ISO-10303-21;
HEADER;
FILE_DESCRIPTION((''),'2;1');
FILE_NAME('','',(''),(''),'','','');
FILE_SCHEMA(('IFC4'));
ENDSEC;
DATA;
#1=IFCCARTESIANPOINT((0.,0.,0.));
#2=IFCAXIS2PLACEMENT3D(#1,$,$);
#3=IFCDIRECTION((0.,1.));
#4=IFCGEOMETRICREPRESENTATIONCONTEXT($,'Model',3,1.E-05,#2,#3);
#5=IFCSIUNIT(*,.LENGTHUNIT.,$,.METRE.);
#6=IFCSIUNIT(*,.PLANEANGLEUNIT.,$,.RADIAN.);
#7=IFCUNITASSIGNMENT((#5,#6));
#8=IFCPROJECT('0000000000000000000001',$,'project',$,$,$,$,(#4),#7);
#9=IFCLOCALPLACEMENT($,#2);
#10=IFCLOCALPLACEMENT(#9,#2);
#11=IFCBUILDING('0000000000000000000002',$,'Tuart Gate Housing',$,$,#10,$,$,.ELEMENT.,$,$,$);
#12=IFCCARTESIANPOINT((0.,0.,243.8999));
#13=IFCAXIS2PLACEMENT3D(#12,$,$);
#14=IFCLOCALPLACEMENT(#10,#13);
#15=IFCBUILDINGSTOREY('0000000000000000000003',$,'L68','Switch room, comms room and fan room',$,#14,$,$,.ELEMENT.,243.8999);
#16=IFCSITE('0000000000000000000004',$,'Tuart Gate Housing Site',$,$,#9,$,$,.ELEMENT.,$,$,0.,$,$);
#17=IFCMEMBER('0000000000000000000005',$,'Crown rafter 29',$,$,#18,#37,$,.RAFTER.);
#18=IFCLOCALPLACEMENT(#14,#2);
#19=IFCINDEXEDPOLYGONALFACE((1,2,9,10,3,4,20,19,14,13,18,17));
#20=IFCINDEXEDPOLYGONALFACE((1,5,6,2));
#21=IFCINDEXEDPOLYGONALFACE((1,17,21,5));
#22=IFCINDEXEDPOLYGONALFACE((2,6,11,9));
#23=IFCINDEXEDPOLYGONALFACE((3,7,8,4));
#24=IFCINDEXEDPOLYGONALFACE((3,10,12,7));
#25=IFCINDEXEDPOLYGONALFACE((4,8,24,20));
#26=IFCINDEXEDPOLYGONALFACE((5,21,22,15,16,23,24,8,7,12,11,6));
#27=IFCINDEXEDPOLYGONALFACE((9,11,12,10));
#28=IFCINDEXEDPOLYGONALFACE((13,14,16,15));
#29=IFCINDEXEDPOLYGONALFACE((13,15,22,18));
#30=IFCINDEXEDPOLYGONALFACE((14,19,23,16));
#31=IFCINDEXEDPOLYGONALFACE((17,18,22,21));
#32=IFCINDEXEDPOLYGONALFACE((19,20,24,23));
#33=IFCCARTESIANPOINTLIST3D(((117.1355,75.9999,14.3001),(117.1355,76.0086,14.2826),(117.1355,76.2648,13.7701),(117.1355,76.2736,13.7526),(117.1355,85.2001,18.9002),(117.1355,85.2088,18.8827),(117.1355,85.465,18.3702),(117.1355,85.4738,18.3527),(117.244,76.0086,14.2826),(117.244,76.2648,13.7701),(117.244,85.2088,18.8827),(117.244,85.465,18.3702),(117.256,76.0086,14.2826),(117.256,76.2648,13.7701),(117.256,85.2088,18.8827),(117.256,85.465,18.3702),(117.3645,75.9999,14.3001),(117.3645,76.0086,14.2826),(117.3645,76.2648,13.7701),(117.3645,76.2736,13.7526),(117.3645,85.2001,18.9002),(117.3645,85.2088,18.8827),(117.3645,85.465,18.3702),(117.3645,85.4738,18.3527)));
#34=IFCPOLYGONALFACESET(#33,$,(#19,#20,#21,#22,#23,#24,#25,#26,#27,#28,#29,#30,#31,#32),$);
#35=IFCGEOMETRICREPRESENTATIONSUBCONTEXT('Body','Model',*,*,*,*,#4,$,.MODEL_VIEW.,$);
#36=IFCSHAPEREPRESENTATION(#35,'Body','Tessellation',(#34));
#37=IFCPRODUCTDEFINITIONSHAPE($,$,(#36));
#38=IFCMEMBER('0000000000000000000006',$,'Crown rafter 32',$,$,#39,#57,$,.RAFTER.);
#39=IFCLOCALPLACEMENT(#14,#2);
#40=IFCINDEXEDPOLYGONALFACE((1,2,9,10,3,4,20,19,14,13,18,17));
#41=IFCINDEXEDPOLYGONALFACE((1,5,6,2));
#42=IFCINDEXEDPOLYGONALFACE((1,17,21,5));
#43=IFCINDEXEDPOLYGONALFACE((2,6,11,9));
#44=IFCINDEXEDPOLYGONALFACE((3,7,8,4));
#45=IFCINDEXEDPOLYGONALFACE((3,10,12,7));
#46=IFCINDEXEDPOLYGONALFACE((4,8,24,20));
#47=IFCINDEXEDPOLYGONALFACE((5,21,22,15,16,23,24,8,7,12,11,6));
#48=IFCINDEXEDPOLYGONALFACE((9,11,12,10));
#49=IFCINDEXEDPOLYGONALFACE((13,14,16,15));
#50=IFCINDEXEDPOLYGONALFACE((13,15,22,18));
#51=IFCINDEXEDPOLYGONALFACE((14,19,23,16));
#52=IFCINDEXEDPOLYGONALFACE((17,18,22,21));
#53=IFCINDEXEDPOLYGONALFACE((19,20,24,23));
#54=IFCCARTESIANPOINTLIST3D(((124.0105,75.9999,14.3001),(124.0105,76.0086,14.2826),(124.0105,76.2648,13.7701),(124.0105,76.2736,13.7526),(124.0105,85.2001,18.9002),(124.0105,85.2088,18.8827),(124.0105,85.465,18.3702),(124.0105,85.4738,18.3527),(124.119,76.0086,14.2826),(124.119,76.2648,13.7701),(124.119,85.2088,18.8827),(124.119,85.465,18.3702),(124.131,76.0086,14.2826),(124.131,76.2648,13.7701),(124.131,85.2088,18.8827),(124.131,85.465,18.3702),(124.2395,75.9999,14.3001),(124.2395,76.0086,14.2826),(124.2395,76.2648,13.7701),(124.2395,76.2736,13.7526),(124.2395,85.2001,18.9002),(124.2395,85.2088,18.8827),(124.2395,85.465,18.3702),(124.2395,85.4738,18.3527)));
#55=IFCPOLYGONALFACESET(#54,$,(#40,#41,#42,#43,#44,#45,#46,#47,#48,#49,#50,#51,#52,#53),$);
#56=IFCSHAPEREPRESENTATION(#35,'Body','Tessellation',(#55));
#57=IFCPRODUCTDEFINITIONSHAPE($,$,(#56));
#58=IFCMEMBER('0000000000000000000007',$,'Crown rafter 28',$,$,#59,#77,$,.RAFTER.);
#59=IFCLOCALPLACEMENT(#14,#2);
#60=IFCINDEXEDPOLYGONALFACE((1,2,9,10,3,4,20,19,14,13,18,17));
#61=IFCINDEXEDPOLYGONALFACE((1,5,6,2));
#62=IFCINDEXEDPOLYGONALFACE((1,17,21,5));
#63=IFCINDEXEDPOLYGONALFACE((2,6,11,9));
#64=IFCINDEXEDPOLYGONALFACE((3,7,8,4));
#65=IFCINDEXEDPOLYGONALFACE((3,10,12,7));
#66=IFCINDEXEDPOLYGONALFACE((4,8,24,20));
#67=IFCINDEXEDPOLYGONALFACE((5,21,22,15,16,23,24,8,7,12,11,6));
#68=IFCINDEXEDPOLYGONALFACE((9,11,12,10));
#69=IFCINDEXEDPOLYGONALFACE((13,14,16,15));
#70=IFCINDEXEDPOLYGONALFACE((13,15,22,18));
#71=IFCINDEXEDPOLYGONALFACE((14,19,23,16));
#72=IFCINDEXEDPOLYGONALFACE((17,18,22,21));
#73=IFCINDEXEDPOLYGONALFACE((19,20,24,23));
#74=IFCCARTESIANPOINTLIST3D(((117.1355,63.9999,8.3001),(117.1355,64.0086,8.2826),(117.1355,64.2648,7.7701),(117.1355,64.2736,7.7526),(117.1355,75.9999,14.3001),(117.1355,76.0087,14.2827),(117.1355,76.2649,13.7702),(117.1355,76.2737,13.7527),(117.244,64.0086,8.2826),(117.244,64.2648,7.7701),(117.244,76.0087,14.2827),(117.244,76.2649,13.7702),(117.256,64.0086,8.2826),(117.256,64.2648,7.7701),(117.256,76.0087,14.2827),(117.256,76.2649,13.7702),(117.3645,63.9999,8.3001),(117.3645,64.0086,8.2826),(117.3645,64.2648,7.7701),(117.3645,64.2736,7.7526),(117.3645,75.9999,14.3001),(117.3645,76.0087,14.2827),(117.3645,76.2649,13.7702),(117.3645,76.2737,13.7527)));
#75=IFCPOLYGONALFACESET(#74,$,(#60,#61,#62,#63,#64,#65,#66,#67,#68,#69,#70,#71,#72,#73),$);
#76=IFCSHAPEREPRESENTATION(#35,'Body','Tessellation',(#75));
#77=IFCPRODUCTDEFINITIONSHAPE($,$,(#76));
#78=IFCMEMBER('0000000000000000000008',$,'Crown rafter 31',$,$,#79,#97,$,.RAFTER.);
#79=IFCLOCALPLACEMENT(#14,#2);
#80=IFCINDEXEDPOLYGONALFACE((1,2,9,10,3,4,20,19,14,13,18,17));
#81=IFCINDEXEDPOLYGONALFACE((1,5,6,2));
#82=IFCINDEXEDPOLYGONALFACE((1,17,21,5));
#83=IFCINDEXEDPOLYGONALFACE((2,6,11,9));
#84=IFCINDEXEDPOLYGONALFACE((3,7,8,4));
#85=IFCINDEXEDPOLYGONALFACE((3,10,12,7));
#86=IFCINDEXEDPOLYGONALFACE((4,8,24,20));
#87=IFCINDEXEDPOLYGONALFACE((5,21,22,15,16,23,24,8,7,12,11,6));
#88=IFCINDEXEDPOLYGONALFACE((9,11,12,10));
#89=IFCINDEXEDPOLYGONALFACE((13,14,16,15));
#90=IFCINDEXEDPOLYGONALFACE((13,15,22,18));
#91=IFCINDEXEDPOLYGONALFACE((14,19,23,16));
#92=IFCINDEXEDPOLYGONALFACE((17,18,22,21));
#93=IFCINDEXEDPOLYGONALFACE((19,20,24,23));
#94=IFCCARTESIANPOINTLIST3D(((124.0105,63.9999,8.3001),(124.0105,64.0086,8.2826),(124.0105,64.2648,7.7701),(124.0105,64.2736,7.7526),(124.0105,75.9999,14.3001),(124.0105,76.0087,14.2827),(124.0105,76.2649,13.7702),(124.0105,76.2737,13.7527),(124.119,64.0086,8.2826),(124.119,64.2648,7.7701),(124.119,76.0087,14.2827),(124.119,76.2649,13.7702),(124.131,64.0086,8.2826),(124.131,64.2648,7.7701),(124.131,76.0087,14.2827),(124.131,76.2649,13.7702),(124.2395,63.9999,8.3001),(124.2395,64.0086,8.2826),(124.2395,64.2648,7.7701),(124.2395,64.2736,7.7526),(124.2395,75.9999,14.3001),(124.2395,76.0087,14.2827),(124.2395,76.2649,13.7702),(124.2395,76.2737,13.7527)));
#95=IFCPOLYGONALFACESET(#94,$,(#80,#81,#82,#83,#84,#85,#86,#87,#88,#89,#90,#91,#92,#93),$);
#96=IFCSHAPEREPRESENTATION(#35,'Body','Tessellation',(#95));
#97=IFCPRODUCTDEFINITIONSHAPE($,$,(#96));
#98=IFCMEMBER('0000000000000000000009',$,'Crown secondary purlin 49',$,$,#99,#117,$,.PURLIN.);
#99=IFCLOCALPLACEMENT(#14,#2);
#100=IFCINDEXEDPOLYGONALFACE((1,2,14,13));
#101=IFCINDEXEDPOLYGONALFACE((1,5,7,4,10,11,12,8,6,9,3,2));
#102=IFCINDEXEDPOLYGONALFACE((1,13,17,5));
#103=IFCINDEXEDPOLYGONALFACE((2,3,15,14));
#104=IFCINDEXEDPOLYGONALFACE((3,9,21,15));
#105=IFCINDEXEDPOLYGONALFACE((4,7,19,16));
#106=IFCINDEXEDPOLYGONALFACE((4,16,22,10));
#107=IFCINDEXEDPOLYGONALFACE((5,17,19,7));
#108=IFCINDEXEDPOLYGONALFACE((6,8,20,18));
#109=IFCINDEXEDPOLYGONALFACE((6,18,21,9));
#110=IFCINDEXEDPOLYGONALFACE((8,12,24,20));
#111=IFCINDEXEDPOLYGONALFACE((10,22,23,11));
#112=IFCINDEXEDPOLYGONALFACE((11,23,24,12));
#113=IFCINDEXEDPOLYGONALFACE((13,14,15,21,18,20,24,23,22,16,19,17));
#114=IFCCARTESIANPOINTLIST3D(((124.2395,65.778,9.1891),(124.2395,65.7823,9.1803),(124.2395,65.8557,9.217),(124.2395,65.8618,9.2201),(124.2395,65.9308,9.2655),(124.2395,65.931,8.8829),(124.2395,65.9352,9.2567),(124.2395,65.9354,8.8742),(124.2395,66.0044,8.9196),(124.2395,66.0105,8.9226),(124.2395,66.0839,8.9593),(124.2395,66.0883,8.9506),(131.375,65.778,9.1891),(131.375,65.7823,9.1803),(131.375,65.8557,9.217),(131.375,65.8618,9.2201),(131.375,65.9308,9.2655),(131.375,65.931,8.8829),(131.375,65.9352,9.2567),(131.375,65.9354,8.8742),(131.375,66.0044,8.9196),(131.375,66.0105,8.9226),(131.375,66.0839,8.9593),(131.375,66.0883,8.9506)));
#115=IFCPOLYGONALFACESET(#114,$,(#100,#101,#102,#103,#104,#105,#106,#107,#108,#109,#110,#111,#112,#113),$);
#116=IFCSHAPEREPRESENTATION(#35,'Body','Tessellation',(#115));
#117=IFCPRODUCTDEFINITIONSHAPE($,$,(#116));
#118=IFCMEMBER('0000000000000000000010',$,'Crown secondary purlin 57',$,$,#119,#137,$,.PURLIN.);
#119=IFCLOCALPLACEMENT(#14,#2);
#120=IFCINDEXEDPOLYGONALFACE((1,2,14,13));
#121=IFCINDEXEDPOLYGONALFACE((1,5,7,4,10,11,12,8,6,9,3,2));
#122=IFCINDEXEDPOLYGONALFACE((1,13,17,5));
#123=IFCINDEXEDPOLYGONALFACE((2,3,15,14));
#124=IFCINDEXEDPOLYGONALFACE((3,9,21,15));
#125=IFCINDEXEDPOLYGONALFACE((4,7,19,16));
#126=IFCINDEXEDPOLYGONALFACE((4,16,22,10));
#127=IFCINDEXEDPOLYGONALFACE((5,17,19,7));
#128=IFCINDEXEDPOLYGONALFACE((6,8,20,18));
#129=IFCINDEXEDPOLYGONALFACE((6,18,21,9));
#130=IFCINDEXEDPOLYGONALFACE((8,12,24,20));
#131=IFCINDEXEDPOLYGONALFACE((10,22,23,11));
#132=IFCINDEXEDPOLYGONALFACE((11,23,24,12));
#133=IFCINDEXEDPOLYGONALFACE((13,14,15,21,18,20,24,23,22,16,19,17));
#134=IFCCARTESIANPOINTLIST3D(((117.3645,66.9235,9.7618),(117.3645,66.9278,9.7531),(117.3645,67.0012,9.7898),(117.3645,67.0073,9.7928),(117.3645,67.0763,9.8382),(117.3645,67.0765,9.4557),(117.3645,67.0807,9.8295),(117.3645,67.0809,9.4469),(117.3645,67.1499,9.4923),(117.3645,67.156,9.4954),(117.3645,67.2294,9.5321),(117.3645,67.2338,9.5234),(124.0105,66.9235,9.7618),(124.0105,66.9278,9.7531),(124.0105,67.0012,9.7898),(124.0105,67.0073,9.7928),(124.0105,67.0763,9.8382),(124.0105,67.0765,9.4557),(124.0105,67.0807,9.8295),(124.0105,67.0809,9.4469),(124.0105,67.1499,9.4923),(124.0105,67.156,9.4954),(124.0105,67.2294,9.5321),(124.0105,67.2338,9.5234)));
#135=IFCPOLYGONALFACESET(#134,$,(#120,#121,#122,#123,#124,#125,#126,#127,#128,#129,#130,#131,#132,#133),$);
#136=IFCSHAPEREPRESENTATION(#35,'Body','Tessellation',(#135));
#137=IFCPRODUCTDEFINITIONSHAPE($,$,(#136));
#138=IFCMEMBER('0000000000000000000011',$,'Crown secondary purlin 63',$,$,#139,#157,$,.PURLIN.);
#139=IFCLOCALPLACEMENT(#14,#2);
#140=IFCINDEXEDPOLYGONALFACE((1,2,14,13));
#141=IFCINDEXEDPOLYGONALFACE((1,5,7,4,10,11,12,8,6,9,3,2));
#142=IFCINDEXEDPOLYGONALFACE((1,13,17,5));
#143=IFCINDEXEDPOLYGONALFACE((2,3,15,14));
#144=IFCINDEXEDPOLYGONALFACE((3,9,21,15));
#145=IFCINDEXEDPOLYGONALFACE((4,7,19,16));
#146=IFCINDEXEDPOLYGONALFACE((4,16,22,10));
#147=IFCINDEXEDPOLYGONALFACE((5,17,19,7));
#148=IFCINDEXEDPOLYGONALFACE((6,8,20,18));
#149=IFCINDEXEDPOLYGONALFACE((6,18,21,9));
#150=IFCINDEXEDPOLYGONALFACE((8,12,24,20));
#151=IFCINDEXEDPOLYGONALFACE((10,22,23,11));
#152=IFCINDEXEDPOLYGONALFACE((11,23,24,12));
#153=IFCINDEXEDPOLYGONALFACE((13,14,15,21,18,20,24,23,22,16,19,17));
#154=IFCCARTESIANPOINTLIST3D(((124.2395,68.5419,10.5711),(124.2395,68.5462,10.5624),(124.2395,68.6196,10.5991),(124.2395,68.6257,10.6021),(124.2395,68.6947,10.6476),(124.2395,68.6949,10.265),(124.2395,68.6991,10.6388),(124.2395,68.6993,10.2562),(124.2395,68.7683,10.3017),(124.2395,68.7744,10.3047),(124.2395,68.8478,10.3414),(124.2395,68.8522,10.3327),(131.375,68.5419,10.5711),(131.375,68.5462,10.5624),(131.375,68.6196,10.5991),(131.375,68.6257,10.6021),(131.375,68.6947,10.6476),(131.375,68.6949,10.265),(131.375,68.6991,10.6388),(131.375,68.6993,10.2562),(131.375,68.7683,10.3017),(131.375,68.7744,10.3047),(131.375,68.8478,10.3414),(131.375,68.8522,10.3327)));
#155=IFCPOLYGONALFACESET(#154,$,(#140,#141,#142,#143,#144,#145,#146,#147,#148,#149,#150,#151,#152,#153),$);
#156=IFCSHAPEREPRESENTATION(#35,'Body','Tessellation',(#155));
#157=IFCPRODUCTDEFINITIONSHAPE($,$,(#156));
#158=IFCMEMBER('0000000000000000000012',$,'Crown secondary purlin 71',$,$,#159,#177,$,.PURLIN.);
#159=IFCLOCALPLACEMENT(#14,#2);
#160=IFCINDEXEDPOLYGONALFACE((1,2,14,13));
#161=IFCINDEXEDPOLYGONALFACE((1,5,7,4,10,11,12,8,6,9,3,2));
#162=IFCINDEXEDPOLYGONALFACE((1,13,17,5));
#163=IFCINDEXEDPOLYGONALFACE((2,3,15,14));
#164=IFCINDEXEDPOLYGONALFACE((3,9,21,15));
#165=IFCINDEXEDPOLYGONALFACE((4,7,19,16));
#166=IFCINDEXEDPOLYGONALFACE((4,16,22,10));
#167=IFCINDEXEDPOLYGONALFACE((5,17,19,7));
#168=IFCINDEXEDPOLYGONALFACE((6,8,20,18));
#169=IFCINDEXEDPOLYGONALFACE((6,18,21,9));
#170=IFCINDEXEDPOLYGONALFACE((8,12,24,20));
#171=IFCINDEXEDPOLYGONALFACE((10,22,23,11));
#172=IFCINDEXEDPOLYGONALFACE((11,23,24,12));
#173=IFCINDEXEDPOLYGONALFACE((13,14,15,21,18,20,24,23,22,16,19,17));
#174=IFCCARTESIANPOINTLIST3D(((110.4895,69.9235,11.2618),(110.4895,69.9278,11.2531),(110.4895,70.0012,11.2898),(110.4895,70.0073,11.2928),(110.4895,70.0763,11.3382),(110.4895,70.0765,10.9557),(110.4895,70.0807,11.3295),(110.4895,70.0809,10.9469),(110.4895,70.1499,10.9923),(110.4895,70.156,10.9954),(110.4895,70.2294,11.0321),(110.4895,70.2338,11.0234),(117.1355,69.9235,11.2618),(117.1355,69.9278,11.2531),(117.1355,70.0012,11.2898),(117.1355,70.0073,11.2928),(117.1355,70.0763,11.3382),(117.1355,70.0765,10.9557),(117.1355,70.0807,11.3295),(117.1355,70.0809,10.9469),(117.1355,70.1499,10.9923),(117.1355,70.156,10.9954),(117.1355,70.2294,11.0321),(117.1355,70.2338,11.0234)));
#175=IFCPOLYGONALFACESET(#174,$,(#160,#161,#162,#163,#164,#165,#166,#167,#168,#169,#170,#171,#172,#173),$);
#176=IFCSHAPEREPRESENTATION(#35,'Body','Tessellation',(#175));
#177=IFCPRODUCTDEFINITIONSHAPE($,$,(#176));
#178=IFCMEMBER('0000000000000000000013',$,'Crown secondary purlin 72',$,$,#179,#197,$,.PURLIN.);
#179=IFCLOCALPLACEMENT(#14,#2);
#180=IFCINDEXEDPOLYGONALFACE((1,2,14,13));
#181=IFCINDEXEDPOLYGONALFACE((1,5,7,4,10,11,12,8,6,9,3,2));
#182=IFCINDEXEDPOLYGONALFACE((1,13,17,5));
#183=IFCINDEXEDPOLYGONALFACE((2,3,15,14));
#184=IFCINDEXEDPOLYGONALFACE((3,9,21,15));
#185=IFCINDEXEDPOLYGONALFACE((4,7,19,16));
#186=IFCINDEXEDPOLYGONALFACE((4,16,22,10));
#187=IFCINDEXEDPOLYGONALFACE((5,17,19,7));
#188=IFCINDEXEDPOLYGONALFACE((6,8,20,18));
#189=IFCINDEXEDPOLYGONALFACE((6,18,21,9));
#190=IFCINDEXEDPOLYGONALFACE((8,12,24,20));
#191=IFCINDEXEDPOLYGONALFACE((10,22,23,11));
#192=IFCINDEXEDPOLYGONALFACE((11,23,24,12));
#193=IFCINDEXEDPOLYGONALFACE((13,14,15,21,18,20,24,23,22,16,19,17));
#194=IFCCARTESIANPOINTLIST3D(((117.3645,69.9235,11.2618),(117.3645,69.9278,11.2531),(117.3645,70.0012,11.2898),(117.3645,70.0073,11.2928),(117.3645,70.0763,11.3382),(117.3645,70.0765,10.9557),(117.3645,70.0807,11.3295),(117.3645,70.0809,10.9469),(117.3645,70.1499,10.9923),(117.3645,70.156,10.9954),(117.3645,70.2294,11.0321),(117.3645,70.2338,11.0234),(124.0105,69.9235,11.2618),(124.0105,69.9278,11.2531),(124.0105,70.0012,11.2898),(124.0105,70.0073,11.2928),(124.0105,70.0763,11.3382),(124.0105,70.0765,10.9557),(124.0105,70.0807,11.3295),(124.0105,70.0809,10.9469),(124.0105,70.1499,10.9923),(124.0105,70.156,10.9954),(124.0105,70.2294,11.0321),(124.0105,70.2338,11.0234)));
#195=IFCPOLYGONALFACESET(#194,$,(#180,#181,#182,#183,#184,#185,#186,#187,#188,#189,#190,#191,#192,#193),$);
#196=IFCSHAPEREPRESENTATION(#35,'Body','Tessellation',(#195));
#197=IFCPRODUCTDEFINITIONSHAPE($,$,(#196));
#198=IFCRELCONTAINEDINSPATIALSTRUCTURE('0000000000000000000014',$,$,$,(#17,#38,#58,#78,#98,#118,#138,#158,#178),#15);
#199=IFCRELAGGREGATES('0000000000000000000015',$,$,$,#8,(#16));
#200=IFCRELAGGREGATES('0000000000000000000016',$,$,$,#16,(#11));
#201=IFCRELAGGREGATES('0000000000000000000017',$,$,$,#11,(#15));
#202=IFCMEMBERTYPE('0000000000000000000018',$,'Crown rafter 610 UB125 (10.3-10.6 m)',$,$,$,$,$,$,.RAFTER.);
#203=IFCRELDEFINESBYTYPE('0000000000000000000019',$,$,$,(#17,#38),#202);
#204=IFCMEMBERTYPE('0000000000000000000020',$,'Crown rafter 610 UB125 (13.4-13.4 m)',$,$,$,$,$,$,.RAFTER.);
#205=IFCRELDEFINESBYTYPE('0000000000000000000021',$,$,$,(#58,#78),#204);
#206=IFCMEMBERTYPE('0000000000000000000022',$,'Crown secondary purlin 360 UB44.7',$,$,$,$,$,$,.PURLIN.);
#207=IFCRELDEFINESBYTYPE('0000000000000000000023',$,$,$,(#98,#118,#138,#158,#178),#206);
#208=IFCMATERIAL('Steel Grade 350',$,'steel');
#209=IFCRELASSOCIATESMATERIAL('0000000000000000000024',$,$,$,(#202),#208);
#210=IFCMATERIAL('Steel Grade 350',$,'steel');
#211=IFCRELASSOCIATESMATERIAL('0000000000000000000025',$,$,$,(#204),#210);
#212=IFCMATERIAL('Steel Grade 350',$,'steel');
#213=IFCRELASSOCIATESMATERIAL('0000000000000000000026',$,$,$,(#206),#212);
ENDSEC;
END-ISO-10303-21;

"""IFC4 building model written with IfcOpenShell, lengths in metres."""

from ifc_helpers import new_model, si_unit, direction, frame, origin, origin_2d, place, context, subcontext, project, spatial, i_section, extrude, material, material_profile, profile_set, type_object, element, save


model = new_model("IFC4")

# Units and contexts
model_context = context("Model", 3, precision=1e-05, world=origin(), true_north=direction((0.0, 1.0)))
body_context = subcontext(model_context, "Body", "Model", "MODEL_VIEW")
ifc_project = project(units=[si_unit("LENGTHUNIT", "METRE"), si_unit("PLANEANGLEUNIT", "RADIAN")], contexts=[model_context])

# Site, building, storey
site_placement = place(None, origin())
site = spatial("IfcSite", under=ifc_project, at=site_placement, Name="Tuart Gate Housing Site", CompositionType="ELEMENT", RefElevation=0.0)
building_placement = place(site_placement, origin())
building = spatial("IfcBuilding", under=site, at=building_placement, Name="Tuart Gate Housing", CompositionType="ELEMENT")
storey_placement = place(building_placement, frame((0.0, 0.0, 243.8999)))
storey = spatial("IfcBuildingStorey", under=building, at=storey_placement, Name="L68", Description="Switch room, comms room and fan room", CompositionType="ELEMENT", Elevation=243.8999)

# Members
ifc_material_1 = material(Name="Steel Grade 350", Category="steel")
ifc_material_profile_1 = material_profile(ifc_material_1, i_section(OverallWidth=0.229, OverallDepth=0.6121, WebThickness=0.012, FlangeThickness=0.0195, at=origin_2d()), Name="610UB125")
ifc_profile_set_1 = profile_set([ifc_material_profile_1], Name="Steel Grade 350")
member_type_1 = type_object("IfcMemberType", Name="Crown rafter 610 UB125 (10.3-10.6 m)", PredefinedType="RAFTER", material=ifc_profile_set_1)
for number, where, z_axis, x_axis, name in (
    (1, (117.25, 76.1367, 14.0264), (0.0, 0.894427, 0.447214), (-1.0, 0.0, 0.0), "Crown rafter 29"),
    (2, (124.125, 76.1367, 14.0264), (0.0, 0.894427, 0.447214), (-1.0, 0.0, 0.0), "Crown rafter 32"),
):
    element("IfcMember", number, at=place(storey_placement, frame(where, z_axis=z_axis, x_axis=x_axis)), inside=storey, type_object=member_type_1, Name=name, PredefinedType="RAFTER", context=body_context, shape_type="SweptSolid", body=[
        extrude(i_section(OverallWidth=0.229, OverallDepth=0.6121, WebThickness=0.012, FlangeThickness=0.0195, at=origin_2d()), origin(), (0.0, 0.0, 1.0), 10.2861),
    ])
ifc_material_2 = material(Name="Steel Grade 350", Category="steel")
ifc_material_profile_2 = material_profile(ifc_material_2, i_section(OverallWidth=0.229, OverallDepth=0.6121, WebThickness=0.012, FlangeThickness=0.0195, at=origin_2d()), Name="610UB125")
ifc_profile_set_2 = profile_set([ifc_material_profile_2], Name="Steel Grade 350")
member_type_2 = type_object("IfcMemberType", Name="Crown rafter 610 UB125 (13.4-13.4 m)", PredefinedType="RAFTER", material=ifc_profile_set_2)
for number, where, z_axis, x_axis, name in (
    (3, (117.25, 64.1367, 8.0264), (0.0, 0.894427, 0.447214), (-1.0, 0.0, 0.0), "Crown rafter 28"),
    (4, (124.125, 64.1367, 8.0264), (0.0, 0.894427, 0.447214), (-1.0, 0.0, 0.0), "Crown rafter 31"),
):
    element("IfcMember", number, at=place(storey_placement, frame(where, z_axis=z_axis, x_axis=x_axis)), inside=storey, type_object=member_type_2, Name=name, PredefinedType="RAFTER", context=body_context, shape_type="SweptSolid", body=[
        extrude(i_section(OverallWidth=0.229, OverallDepth=0.6121, WebThickness=0.012, FlangeThickness=0.0195, at=origin_2d()), origin(), (0.0, 0.0, 1.0), 13.4165),
    ])
ifc_material_3 = material(Name="Steel Grade 350", Category="steel")
ifc_material_profile_3 = material_profile(ifc_material_3, i_section(OverallWidth=0.1709, OverallDepth=0.3521, WebThickness=0.0068, FlangeThickness=0.0098, at=origin_2d()), Name="360UB44.7")
ifc_profile_set_3 = profile_set([ifc_material_profile_3], Name="Steel Grade 350")
member_type_3 = type_object("IfcMemberType", Name="Crown secondary purlin 360 UB44.7", PredefinedType="PURLIN", material=ifc_profile_set_3)
member_1_placement = place(storey_placement, frame((124.2395, 65.9331, 9.0698), z_axis=(1.0, 0.0, 0.0), x_axis=(0.0, 0.894427, 0.447214)))
element("IfcMember", 5, at=member_1_placement, inside=storey, type_object=member_type_3, Name="Crown secondary purlin 49", PredefinedType="PURLIN", context=body_context, shape_type="SweptSolid", body=[
    extrude(i_section(OverallWidth=0.1709, OverallDepth=0.3521, WebThickness=0.0068, FlangeThickness=0.0098, at=origin_2d()), origin(), (0.0, 0.0, 1.0), 7.1355),
])
member_2_placement = place(storey_placement, frame((117.3645, 67.0786, 9.6426), z_axis=(1.0, 0.0, 0.0), x_axis=(0.0, 0.894427, 0.447214)))
element("IfcMember", 6, at=member_2_placement, inside=storey, type_object=member_type_3, Name="Crown secondary purlin 57", PredefinedType="PURLIN", context=body_context, shape_type="SweptSolid", body=[
    extrude(i_section(OverallWidth=0.1709, OverallDepth=0.3521, WebThickness=0.0068, FlangeThickness=0.0098, at=origin_2d()), origin(), (0.0, 0.0, 1.0), 6.646),
])
member_3_placement = place(storey_placement, frame((124.2395, 68.697, 10.4519), z_axis=(1.0, 0.0, 0.0), x_axis=(0.0, 0.894427, 0.447214)))
element("IfcMember", 7, at=member_3_placement, inside=storey, type_object=member_type_3, Name="Crown secondary purlin 63", PredefinedType="PURLIN", context=body_context, shape_type="SweptSolid", body=[
    extrude(i_section(OverallWidth=0.1709, OverallDepth=0.3521, WebThickness=0.0068, FlangeThickness=0.0098, at=origin_2d()), origin(), (0.0, 0.0, 1.0), 7.1355),
])
for number, where, z_axis, x_axis, name in (
    (8, (110.4895, 70.0786, 11.1426), (1.0, 0.0, 0.0), (0.0, 0.894427, 0.447214), "Crown secondary purlin 71"),
    (9, (117.3645, 70.0786, 11.1426), (1.0, 0.0, 0.0), (0.0, 0.894427, 0.447214), "Crown secondary purlin 72"),
):
    element("IfcMember", number, at=place(storey_placement, frame(where, z_axis=z_axis, x_axis=x_axis)), inside=storey, type_object=member_type_3, Name=name, PredefinedType="PURLIN", context=body_context, shape_type="SweptSolid", body=[
        extrude(i_section(OverallWidth=0.1709, OverallDepth=0.3521, WebThickness=0.0068, FlangeThickness=0.0098, at=origin_2d()), origin(), (0.0, 0.0, 1.0), 6.646),
    ])

save(model, "model.ifc")
